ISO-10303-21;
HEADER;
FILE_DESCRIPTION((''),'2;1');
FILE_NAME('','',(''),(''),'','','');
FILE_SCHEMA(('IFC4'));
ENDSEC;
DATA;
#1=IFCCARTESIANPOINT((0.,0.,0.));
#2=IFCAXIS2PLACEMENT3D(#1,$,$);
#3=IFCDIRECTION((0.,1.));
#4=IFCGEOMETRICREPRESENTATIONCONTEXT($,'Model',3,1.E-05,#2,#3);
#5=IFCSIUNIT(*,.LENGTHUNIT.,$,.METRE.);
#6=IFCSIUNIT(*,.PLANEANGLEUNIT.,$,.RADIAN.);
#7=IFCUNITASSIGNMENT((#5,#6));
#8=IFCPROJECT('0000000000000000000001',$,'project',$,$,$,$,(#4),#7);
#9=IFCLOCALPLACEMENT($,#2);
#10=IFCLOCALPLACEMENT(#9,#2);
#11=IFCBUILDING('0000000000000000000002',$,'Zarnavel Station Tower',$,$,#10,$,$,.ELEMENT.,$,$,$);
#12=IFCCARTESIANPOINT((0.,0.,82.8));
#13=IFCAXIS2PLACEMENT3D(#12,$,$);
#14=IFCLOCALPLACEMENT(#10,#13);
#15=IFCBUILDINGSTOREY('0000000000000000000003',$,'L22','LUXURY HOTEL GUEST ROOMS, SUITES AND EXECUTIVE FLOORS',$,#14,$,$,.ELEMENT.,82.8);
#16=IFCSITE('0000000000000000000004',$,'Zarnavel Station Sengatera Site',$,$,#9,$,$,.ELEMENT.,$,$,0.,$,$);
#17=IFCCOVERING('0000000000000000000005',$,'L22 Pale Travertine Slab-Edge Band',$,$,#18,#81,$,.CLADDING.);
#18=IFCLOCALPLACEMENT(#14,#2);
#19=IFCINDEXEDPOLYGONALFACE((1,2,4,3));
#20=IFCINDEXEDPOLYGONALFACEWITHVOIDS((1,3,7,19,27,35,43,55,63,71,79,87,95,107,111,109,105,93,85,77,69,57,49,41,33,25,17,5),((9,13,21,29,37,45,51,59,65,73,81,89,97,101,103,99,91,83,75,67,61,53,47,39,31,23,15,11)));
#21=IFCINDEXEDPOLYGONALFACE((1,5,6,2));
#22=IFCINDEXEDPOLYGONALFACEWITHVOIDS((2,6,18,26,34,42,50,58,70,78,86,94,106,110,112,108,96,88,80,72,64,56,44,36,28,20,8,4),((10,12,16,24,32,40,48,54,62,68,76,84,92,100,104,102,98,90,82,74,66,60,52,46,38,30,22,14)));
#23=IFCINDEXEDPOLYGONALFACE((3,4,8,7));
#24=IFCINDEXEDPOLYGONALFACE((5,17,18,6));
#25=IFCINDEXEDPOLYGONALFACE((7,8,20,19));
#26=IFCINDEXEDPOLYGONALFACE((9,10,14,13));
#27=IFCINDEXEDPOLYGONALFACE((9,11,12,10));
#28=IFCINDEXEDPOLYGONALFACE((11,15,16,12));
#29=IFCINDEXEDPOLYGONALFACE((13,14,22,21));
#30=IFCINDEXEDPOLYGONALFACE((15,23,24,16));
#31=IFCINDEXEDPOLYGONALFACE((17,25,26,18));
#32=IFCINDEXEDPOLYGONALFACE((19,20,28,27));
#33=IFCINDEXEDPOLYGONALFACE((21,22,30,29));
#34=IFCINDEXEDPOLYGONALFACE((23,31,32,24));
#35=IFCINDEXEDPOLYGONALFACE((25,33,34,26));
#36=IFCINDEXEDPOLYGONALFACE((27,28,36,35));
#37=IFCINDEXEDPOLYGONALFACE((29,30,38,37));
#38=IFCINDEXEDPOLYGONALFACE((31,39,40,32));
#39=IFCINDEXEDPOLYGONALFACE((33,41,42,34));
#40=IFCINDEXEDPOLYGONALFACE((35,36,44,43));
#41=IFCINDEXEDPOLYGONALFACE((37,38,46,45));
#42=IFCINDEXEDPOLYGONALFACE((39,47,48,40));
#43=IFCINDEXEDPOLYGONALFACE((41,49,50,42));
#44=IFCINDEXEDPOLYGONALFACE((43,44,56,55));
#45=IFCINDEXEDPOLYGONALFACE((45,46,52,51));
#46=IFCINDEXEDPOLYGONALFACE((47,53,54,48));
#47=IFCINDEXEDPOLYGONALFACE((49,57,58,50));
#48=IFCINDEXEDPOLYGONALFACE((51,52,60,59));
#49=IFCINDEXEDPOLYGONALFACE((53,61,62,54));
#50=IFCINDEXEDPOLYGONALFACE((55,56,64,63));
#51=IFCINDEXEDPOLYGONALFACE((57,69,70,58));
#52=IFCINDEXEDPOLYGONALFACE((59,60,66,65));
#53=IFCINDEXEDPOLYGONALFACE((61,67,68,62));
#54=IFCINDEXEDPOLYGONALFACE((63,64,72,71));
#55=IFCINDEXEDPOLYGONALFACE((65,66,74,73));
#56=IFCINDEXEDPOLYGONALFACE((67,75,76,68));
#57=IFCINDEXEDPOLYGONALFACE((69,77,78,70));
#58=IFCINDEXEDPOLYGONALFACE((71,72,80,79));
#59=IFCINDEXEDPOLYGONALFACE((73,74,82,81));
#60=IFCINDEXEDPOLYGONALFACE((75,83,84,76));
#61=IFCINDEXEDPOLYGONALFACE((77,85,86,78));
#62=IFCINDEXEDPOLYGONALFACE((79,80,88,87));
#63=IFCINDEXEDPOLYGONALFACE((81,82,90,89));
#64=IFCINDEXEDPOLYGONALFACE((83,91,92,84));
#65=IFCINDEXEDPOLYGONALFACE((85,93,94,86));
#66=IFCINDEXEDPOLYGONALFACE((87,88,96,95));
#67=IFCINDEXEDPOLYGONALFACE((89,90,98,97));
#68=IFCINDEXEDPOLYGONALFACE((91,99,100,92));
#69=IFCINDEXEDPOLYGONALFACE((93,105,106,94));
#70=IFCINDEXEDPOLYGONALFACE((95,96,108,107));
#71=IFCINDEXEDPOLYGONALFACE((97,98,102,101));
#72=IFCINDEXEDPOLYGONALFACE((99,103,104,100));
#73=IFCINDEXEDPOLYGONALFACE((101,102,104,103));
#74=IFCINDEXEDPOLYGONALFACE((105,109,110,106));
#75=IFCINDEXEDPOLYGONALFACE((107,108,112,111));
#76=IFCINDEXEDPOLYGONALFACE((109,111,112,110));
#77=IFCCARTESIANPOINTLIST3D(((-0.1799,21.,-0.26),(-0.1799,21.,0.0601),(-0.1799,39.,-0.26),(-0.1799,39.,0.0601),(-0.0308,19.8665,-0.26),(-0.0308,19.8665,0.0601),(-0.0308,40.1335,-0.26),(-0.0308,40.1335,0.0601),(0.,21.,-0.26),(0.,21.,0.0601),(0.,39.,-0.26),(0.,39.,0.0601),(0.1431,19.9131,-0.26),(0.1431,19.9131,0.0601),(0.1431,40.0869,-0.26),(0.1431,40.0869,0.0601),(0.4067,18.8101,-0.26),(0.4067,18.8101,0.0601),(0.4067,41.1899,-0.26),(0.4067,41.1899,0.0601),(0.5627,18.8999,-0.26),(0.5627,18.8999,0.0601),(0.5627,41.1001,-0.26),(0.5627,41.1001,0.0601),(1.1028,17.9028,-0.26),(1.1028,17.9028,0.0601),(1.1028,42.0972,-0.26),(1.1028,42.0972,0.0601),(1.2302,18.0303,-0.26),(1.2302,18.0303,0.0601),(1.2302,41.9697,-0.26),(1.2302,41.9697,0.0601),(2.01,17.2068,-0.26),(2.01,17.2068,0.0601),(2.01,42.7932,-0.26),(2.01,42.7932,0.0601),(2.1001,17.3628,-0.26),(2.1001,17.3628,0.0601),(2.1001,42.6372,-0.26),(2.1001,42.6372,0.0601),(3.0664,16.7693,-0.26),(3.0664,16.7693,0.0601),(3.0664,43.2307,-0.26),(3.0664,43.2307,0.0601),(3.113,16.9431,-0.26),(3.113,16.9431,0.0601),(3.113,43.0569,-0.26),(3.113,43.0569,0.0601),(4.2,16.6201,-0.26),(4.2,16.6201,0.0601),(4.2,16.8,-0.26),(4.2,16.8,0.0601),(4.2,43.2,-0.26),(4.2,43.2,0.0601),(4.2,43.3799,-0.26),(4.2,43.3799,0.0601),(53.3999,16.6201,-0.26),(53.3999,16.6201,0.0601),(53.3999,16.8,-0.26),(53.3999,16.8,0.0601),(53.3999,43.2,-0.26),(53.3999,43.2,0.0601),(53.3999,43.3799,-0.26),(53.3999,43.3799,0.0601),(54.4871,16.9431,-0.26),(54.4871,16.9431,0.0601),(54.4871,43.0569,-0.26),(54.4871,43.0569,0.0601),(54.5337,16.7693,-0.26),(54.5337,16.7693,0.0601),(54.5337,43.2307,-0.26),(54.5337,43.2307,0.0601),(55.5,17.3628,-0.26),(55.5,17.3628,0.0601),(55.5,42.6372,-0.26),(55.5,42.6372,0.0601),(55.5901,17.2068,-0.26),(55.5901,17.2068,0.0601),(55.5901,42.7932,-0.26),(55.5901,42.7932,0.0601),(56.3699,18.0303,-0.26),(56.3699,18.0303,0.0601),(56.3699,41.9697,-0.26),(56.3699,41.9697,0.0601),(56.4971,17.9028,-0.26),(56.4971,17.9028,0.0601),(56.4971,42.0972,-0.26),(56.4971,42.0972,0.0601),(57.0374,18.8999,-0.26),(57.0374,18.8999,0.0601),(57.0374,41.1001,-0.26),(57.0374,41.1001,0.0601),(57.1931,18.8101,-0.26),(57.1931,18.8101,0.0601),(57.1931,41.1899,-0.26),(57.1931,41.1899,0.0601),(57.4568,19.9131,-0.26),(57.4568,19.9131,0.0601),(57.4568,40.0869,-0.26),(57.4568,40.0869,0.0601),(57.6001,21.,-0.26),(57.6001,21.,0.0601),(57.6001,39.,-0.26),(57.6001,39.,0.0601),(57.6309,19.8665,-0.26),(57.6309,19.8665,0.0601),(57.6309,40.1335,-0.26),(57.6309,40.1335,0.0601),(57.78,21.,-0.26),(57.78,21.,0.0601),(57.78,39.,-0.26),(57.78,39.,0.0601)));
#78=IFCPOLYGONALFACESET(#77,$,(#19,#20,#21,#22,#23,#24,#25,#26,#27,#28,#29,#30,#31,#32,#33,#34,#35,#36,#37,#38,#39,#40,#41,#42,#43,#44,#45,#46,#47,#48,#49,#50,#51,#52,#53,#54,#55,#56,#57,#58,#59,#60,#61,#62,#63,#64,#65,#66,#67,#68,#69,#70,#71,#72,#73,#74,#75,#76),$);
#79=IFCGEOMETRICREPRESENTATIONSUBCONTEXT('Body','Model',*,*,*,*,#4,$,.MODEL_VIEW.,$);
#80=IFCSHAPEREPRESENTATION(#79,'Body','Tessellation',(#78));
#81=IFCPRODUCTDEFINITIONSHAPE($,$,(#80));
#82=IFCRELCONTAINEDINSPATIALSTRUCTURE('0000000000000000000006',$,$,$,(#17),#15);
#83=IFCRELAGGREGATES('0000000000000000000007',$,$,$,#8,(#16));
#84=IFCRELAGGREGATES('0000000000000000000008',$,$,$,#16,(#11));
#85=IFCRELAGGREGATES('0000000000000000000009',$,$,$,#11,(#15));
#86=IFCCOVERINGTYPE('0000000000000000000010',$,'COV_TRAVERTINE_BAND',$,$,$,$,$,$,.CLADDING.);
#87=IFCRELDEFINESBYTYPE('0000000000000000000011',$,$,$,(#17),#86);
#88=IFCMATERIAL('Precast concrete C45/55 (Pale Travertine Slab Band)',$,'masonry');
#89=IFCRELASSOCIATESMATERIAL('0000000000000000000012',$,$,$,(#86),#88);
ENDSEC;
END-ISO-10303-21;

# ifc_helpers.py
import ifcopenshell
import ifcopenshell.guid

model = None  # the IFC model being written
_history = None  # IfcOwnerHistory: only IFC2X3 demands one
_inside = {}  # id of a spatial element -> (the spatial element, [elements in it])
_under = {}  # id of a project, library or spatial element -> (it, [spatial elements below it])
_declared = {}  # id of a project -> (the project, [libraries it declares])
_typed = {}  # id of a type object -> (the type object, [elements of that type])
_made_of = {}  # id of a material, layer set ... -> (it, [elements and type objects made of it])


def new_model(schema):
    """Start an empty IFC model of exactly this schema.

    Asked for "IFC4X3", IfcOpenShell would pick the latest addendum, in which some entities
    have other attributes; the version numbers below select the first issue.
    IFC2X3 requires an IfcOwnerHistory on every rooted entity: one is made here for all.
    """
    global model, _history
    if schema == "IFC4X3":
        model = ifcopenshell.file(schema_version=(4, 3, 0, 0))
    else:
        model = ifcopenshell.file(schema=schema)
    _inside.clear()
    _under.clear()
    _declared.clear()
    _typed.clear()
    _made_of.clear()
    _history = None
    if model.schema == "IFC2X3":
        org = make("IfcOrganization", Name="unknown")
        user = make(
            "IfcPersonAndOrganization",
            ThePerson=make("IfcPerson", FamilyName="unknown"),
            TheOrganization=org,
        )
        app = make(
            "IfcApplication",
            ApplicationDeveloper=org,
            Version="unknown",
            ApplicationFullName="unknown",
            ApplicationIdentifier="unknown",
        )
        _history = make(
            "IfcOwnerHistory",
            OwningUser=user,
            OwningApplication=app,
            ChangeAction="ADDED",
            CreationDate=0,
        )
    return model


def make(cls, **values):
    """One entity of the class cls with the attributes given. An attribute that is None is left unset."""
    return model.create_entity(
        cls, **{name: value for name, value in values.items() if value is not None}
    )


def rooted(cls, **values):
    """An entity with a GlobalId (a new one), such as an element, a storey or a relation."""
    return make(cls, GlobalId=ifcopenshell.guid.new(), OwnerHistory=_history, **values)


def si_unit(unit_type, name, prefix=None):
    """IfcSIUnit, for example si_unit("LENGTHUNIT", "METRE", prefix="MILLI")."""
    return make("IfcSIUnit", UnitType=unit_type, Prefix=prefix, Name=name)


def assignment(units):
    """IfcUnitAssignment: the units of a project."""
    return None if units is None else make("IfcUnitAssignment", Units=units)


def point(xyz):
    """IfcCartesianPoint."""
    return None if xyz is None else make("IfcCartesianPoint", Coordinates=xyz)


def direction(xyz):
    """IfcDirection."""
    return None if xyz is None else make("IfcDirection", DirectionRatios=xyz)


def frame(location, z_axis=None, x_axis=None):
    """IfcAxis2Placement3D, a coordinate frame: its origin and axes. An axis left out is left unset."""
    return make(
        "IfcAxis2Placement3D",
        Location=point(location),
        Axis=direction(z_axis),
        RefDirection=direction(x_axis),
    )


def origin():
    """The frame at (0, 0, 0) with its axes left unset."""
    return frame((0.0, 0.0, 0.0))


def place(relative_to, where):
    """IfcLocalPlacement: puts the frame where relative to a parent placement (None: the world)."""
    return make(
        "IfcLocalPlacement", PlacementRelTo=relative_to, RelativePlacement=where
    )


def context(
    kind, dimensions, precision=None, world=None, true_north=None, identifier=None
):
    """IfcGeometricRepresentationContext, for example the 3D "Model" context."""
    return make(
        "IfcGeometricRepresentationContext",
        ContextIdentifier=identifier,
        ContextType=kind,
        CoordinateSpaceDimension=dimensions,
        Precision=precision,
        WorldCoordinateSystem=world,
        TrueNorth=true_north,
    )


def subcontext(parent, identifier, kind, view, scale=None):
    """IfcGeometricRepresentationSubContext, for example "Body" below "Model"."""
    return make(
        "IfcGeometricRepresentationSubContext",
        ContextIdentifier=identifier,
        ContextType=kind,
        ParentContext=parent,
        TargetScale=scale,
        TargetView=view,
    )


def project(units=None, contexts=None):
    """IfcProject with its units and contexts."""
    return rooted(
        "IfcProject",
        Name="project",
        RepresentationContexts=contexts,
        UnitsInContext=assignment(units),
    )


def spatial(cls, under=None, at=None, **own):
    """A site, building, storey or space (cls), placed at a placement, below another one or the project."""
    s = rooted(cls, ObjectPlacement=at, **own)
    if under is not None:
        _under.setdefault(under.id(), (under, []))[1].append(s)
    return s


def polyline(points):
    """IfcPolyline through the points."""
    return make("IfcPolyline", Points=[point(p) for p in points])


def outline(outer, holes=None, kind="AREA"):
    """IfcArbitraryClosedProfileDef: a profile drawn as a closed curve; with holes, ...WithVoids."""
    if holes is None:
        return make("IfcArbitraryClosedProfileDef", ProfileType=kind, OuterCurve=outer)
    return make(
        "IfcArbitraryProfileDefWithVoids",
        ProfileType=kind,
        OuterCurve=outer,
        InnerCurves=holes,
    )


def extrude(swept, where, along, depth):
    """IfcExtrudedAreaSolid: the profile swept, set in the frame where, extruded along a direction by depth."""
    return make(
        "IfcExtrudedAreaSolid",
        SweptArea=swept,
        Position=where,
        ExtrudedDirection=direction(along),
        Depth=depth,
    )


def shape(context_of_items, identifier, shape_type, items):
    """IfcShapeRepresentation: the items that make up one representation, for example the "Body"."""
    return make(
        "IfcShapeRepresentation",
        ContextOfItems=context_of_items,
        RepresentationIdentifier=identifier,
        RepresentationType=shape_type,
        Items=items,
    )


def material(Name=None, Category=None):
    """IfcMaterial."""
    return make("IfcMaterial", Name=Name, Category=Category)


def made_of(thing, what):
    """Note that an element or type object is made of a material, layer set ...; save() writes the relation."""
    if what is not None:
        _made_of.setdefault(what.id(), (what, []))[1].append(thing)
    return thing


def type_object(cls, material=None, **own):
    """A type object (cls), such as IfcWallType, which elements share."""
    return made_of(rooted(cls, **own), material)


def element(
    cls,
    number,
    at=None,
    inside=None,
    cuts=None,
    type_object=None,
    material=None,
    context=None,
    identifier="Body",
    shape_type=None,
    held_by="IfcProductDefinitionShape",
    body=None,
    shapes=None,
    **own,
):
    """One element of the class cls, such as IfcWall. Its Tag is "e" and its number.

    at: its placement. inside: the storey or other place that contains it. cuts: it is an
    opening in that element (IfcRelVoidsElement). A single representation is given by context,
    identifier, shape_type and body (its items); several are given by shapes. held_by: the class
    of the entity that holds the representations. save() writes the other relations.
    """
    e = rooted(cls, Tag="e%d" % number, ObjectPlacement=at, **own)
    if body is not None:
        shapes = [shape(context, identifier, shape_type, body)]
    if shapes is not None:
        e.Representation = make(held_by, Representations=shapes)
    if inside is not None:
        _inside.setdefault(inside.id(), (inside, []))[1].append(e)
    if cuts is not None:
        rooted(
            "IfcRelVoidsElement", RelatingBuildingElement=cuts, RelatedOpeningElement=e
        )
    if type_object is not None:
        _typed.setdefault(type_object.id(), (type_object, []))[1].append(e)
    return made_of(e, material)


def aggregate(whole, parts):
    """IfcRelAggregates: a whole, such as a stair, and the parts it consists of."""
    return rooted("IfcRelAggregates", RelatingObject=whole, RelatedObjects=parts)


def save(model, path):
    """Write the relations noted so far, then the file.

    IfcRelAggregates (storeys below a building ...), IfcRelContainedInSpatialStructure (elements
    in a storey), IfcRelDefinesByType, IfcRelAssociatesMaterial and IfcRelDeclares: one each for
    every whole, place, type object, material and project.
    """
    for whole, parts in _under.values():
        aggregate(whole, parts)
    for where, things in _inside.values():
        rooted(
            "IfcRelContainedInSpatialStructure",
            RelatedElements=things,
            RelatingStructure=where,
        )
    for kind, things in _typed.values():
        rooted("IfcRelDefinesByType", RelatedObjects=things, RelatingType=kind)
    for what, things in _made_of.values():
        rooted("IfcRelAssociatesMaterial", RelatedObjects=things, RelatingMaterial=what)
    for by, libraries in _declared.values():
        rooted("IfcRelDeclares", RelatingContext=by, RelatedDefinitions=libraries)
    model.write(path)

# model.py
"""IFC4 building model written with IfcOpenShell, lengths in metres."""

from ifc_helpers import new_model, si_unit, direction, frame, origin, place, context, subcontext, project, spatial, polyline, outline, extrude, material, type_object, element, save


model = new_model("IFC4")

# Units and contexts
model_context = context("Model", 3, precision=1e-05, world=origin(), true_north=direction((0.0, 1.0)))
body_context = subcontext(model_context, "Body", "Model", "MODEL_VIEW")
ifc_project = project(units=[si_unit("LENGTHUNIT", "METRE"), si_unit("PLANEANGLEUNIT", "RADIAN")], contexts=[model_context])

# Site, building, storey
site_placement = place(None, origin())
site = spatial("IfcSite", under=ifc_project, at=site_placement, Name="Zarnavel Station Sengatera Site", CompositionType="ELEMENT", RefElevation=0.0)
building_placement = place(site_placement, origin())
building = spatial("IfcBuilding", under=site, at=building_placement, Name="Zarnavel Station Tower", CompositionType="ELEMENT")
storey_placement = place(building_placement, frame((0.0, 0.0, 82.8)))
storey = spatial("IfcBuildingStorey", under=building, at=storey_placement, Name="L22", Description="LUXURY HOTEL GUEST ROOMS, SUITES AND EXECUTIVE FLOORS", CompositionType="ELEMENT", Elevation=82.8)

# Covering
ifc_material_1 = material(Name="Precast concrete C45/55 (Pale Travertine Slab Band)", Category="masonry")
covering_type_1 = type_object("IfcCoveringType", Name="COV_TRAVERTINE_BAND", PredefinedType="CLADDING", material=ifc_material_1)
covering_1_placement = place(storey_placement, frame((0.0, 0.0, -0.26)))
element("IfcCovering", 1, at=covering_1_placement, inside=storey, type_object=covering_type_1, Name="L22 Pale Travertine Slab-Edge Band", PredefinedType="CLADDING", context=body_context, shape_type="SweptSolid", body=[
    extrude(outline(polyline([(53.3999, 16.6201), (54.5337, 16.7693), (55.5901, 17.2068), (56.4971, 17.9028), (57.1931, 18.8101), (57.6309, 19.8665), (57.78, 21.0), (57.78, 39.0), (57.6309, 40.1335), (57.1931, 41.1899), (56.4971, 42.0972), (55.5901, 42.7932), (54.5337, 43.2307), (53.3999, 43.3799), (4.2, 43.3799), (3.0664, 43.2307), (2.01, 42.7932), (1.1028, 42.0972), (0.4067, 41.1899), (-0.0308, 40.1335), (-0.1799, 39.0), (-0.1799, 21.0), (-0.0308, 19.8665), (0.4067, 18.8101), (1.1028, 17.9028), (2.01, 17.2068), (3.0664, 16.7693), (4.2, 16.6201), (53.3999, 16.6201)]), holes=[polyline([(53.3999, 16.8), (54.4871, 16.9431), (55.5, 17.3628), (56.3699, 18.0303), (57.0374, 18.8999), (57.4568, 19.9131), (57.6001, 21.0), (57.6001, 39.0), (57.4568, 40.0869), (57.0374, 41.1001), (56.3699, 41.9697), (55.5, 42.6372), (54.4871, 43.0569), (53.3999, 43.2), (4.2, 43.2), (3.113, 43.0569), (2.1001, 42.6372), (1.2302, 41.9697), (0.5627, 41.1001), (0.1431, 40.0869), (0.0, 39.0), (0.0, 21.0), (0.1431, 19.9131), (0.5627, 18.8999), (1.2302, 18.0303), (2.1001, 17.3628), (3.113, 16.9431), (4.2, 16.8), (53.3999, 16.8)])]), origin(), (0.0, 0.0, 1.0), 0.3201),
])

save(model, "model.ifc")
